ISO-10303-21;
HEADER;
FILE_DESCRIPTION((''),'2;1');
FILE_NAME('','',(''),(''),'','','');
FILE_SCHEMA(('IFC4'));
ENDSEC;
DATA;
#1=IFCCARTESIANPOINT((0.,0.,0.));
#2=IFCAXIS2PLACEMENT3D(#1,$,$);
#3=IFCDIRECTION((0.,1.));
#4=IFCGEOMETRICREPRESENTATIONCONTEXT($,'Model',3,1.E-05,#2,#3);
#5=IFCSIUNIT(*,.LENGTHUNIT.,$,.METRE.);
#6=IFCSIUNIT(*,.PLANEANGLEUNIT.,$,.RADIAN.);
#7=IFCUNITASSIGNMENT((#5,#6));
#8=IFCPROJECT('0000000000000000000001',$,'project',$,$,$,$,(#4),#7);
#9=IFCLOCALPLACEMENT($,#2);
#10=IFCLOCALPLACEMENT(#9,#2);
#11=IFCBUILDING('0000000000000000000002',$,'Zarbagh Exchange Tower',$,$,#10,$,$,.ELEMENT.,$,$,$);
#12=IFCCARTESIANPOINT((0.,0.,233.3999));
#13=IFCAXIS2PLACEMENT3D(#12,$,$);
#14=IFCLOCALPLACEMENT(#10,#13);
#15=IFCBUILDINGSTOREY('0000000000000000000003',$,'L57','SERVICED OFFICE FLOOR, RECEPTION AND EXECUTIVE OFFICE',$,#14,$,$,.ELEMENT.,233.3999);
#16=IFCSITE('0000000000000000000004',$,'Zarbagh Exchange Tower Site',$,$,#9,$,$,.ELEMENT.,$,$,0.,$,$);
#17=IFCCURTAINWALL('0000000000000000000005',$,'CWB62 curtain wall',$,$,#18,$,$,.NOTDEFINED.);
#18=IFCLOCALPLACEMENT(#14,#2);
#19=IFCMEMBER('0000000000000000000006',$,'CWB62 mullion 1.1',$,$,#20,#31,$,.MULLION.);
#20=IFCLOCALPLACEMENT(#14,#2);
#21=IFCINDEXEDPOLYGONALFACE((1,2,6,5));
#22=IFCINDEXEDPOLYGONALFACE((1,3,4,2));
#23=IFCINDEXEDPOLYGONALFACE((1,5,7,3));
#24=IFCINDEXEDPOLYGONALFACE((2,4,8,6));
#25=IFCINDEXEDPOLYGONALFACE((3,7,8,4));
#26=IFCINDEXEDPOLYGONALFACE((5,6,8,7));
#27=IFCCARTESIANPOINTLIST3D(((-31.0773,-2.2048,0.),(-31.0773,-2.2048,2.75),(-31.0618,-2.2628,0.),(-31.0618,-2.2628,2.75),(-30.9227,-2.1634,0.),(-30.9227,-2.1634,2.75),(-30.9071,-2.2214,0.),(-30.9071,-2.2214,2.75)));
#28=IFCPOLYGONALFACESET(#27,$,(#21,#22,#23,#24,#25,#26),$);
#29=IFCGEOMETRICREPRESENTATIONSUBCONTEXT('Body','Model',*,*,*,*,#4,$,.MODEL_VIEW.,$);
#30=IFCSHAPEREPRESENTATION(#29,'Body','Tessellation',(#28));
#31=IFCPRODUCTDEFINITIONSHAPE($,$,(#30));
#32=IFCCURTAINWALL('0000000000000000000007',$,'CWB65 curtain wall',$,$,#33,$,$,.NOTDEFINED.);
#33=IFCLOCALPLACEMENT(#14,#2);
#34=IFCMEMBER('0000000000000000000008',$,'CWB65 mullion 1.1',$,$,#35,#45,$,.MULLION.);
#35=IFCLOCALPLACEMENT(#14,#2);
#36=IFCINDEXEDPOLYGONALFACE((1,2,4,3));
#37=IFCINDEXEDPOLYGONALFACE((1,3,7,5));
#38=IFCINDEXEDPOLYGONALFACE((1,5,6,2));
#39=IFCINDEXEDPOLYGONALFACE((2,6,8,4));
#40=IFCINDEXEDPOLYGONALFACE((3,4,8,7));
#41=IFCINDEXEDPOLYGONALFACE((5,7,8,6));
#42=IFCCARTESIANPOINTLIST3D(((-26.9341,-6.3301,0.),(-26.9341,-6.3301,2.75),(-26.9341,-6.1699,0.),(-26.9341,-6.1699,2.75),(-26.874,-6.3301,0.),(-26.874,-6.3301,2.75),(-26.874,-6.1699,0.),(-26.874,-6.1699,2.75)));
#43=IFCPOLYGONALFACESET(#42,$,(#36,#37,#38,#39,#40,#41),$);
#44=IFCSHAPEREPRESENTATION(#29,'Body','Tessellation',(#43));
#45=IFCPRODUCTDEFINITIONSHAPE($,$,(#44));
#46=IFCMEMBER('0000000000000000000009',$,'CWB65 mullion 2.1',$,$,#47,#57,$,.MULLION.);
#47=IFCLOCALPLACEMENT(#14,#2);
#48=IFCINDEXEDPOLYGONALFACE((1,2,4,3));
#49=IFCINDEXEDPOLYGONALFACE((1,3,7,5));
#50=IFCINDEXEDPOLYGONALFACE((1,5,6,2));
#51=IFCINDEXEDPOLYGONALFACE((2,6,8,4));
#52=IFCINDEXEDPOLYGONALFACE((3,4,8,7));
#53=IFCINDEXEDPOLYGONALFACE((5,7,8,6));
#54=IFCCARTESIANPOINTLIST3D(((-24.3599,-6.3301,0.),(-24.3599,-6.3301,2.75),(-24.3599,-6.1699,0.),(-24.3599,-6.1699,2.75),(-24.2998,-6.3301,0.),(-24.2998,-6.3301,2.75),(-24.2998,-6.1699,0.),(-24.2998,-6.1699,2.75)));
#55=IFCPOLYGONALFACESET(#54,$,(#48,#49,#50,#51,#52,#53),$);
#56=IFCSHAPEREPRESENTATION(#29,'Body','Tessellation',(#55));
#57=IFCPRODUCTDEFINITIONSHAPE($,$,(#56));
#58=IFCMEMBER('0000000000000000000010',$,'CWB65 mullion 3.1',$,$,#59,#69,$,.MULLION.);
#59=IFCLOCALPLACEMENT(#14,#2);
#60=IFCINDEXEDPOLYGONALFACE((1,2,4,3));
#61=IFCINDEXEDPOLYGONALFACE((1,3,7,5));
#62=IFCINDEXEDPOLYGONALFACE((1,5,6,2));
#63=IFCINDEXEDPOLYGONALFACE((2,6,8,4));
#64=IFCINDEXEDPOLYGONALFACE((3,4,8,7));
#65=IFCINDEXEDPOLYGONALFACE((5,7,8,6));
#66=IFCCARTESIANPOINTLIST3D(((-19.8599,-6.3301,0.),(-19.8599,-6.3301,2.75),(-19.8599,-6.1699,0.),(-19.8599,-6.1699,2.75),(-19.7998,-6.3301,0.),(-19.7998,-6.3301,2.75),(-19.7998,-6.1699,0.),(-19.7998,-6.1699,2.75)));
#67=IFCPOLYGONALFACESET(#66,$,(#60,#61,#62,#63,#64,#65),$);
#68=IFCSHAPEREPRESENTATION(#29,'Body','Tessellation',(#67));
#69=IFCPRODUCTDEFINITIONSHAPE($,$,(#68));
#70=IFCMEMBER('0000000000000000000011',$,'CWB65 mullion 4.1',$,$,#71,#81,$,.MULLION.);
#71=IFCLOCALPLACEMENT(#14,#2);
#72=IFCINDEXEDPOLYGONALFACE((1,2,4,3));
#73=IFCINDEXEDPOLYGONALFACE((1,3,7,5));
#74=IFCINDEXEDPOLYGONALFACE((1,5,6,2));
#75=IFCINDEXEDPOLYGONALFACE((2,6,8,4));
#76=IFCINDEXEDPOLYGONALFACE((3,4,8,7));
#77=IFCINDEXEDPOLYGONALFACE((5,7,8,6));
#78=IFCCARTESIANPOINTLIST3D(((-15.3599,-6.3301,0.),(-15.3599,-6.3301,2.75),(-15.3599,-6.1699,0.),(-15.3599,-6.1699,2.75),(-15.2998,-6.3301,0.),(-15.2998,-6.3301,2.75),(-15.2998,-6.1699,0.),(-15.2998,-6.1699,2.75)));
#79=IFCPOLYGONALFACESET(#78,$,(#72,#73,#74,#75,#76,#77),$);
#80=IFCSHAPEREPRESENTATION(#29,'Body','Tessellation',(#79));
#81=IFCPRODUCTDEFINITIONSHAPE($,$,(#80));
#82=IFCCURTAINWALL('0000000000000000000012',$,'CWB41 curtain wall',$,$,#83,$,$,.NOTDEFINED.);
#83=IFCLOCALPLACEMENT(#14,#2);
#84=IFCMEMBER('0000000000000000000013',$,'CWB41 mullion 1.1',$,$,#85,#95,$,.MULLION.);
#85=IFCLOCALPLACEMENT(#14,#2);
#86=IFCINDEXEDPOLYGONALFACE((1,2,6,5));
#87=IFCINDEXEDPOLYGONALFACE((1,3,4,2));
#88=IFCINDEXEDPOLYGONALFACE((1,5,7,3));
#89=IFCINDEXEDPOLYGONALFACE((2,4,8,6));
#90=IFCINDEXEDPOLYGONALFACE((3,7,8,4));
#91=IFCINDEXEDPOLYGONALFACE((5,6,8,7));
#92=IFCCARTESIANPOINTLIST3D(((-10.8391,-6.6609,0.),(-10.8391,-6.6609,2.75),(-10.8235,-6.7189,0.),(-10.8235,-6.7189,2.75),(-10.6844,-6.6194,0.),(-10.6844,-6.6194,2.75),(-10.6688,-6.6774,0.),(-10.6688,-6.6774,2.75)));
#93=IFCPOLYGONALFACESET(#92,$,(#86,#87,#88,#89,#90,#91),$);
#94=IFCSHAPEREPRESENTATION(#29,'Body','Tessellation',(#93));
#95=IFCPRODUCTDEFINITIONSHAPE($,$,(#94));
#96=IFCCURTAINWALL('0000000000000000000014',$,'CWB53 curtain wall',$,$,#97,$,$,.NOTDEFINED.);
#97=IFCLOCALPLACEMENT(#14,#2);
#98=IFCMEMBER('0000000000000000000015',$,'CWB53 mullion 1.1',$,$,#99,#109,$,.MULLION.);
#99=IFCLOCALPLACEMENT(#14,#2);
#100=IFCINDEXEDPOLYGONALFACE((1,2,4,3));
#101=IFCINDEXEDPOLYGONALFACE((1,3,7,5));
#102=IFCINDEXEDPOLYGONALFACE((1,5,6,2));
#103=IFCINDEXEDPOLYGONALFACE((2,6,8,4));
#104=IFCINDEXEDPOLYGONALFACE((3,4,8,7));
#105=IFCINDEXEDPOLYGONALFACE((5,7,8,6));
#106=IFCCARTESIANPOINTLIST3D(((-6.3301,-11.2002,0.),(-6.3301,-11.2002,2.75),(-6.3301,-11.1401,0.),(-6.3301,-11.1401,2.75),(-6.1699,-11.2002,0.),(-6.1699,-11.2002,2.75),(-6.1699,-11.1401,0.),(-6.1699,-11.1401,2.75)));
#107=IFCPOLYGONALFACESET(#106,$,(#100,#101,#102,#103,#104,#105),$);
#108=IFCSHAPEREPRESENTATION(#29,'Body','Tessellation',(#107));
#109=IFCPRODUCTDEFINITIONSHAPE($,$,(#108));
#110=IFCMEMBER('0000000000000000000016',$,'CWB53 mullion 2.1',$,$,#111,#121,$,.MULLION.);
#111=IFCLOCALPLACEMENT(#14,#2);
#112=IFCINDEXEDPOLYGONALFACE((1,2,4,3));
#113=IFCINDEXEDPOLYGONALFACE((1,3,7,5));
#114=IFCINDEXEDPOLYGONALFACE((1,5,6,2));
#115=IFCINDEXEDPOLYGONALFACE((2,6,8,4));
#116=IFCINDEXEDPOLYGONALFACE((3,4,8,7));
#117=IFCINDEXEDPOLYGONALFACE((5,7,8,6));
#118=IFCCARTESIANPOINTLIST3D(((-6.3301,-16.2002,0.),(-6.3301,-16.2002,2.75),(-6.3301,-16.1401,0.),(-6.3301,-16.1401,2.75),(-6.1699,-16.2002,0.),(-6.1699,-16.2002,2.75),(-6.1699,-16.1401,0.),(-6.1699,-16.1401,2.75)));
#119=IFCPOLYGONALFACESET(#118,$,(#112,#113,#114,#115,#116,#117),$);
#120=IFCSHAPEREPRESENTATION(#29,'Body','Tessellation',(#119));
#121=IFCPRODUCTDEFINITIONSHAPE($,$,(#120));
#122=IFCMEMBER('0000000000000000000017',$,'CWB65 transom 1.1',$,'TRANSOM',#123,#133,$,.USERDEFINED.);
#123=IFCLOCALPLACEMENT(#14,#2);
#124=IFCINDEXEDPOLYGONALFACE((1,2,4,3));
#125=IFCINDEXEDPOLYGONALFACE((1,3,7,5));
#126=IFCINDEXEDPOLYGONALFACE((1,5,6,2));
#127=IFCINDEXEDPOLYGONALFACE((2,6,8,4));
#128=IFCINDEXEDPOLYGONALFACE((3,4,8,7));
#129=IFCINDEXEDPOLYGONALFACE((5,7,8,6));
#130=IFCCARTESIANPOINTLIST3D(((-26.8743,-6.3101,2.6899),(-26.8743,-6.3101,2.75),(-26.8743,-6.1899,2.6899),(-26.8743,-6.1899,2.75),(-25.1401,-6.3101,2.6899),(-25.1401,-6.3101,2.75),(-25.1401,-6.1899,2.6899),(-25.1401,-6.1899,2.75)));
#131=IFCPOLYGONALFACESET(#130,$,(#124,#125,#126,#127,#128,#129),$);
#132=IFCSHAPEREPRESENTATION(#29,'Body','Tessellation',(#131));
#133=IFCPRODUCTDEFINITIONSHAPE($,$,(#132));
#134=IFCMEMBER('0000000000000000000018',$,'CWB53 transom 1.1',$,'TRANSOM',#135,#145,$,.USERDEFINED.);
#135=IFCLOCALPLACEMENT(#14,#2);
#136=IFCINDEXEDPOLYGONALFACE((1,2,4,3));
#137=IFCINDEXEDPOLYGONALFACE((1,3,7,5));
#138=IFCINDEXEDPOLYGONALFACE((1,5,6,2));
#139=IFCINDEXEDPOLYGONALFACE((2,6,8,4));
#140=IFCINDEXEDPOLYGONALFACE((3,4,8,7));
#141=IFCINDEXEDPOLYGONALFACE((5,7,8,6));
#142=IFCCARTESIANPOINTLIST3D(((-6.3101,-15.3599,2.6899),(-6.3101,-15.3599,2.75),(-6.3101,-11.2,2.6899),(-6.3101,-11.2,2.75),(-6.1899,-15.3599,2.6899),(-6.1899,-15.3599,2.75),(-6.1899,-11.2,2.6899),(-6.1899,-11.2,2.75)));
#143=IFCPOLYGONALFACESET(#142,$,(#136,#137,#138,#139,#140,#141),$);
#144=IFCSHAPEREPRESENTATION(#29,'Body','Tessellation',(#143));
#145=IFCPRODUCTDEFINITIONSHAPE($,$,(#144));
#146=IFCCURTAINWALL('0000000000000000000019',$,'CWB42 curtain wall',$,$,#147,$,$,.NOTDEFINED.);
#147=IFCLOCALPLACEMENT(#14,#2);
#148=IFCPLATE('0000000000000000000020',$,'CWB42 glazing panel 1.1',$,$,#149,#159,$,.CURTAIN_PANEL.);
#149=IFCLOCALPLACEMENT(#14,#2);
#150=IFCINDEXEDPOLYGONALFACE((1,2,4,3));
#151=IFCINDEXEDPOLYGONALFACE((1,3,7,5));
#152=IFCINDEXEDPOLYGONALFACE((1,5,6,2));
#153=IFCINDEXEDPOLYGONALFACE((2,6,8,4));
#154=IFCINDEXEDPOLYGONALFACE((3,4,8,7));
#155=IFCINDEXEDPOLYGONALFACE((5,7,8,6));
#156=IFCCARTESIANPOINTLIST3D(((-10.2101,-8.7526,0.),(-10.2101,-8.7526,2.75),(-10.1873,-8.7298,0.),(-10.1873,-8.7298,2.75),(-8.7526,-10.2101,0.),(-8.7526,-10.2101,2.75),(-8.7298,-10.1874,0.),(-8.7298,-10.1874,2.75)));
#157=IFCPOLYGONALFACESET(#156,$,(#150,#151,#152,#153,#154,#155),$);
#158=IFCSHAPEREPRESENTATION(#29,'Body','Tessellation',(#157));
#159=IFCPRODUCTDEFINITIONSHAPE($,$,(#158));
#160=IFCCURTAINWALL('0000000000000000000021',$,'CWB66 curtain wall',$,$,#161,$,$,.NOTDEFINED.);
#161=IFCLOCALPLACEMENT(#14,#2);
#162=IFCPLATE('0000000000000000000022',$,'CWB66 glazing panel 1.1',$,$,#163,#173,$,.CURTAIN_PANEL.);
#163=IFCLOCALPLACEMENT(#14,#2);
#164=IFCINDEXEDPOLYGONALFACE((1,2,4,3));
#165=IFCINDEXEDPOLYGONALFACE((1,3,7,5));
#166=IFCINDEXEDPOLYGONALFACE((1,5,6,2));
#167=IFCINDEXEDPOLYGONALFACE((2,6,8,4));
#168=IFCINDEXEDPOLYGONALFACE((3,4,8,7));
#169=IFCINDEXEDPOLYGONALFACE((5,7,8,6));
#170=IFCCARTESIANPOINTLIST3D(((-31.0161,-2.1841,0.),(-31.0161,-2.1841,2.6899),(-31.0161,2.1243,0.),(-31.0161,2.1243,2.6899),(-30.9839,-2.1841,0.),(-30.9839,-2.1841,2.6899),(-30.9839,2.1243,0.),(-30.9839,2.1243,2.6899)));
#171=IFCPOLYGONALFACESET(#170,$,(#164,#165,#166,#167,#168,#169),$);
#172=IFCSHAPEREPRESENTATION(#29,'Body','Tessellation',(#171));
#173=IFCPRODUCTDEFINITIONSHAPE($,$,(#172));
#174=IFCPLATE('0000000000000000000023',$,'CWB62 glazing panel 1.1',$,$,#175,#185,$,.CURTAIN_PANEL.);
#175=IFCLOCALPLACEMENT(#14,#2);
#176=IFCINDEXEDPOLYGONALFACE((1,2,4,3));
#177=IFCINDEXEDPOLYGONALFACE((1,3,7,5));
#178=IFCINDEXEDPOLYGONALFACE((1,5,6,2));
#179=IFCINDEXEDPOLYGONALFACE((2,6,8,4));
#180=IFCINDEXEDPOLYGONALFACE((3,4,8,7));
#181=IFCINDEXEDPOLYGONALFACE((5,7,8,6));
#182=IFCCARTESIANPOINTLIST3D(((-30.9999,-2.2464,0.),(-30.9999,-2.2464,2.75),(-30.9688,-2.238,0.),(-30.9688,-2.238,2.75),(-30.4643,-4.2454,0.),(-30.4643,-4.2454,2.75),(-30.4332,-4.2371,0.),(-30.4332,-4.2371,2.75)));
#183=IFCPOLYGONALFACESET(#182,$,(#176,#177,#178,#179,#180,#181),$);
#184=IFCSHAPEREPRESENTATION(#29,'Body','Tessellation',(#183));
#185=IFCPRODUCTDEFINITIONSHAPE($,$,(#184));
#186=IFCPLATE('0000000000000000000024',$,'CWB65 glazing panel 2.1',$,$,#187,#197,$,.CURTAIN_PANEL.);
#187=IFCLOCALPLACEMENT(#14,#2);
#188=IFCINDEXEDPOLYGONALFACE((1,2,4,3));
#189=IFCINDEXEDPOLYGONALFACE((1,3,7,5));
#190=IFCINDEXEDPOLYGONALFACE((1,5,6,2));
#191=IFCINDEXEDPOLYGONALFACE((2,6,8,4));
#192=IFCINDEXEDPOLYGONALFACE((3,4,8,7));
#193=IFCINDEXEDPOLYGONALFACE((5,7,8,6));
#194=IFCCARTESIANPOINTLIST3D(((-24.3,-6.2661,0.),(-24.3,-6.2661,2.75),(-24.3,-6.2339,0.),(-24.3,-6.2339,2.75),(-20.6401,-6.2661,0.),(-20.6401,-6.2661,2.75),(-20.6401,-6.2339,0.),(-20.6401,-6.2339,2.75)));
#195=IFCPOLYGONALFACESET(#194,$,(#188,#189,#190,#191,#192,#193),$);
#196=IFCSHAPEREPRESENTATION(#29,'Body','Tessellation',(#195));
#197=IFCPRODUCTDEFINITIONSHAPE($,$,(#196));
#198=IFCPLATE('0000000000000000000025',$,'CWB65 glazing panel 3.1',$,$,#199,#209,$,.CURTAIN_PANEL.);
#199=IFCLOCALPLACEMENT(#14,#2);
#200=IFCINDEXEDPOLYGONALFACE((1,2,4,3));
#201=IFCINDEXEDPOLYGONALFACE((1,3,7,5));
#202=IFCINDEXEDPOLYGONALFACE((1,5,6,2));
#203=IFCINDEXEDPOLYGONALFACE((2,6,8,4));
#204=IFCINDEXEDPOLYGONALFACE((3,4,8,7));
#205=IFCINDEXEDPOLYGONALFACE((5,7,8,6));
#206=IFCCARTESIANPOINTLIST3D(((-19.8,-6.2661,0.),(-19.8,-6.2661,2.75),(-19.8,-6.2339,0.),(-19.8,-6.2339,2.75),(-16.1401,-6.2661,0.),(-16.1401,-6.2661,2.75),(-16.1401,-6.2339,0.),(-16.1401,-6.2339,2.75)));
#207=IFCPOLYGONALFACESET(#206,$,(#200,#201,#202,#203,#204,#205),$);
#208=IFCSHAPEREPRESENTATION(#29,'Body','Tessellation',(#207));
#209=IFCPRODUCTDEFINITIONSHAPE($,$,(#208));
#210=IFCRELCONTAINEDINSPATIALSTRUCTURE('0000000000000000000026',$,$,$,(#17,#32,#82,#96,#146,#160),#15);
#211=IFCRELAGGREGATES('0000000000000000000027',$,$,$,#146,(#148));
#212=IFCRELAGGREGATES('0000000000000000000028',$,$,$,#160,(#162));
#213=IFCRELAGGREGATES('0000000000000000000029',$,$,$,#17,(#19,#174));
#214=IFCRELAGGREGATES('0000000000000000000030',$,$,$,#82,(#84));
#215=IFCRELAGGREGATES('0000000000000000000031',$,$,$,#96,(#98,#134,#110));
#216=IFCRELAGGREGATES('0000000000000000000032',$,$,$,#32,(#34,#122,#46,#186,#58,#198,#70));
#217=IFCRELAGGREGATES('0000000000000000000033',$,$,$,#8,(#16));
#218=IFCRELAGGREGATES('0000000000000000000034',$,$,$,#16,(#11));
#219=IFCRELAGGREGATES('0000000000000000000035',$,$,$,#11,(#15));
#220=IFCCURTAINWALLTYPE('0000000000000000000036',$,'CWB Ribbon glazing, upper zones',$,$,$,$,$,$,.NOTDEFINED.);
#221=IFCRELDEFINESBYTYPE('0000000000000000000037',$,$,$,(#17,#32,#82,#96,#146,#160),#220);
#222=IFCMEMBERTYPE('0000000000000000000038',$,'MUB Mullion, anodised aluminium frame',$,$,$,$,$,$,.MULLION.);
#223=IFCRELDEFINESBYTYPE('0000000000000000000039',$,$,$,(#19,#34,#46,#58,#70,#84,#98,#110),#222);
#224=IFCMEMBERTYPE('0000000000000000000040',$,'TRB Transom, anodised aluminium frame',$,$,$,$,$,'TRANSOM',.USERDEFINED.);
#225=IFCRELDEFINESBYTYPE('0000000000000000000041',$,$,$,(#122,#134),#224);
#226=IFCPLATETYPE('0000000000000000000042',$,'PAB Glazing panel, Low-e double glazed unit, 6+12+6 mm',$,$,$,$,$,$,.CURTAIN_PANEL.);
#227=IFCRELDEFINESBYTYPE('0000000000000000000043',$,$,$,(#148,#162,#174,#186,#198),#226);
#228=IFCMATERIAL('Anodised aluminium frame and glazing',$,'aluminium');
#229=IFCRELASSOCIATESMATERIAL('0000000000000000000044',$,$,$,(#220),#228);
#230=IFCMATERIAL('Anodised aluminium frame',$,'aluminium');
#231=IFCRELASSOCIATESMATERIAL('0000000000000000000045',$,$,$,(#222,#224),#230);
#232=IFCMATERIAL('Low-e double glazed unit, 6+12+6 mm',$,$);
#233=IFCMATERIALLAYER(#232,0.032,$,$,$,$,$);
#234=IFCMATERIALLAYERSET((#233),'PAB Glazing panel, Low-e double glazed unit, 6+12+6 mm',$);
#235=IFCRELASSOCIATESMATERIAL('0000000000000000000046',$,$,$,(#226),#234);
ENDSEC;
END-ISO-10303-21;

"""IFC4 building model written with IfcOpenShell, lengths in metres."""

from ifc_helpers import new_model, si_unit, direction, frame, origin, place, context, subcontext, project, spatial, polyline, outline, extrude, source, transform, mapped, material, layer, layer_set, type_object, element, aggregate, save


model = new_model("IFC4")

# Units and contexts
model_context = context("Model", 3, precision=1e-05, world=origin(), true_north=direction((0.0, 1.0)))
body_context = subcontext(model_context, "Body", "Model", "MODEL_VIEW")
ifc_project = project(units=[si_unit("LENGTHUNIT", "METRE"), si_unit("PLANEANGLEUNIT", "RADIAN")], contexts=[model_context])

# Site, building, storey
site_placement = place(None, origin())
site = spatial("IfcSite", under=ifc_project, at=site_placement, Name="Zarbagh Exchange Tower Site", CompositionType="ELEMENT", RefElevation=0.0)
building_placement = place(site_placement, origin())
building = spatial("IfcBuilding", under=site, at=building_placement, Name="Zarbagh Exchange Tower", CompositionType="ELEMENT")
storey_placement = place(building_placement, frame((0.0, 0.0, 233.3999)))
storey = spatial("IfcBuildingStorey", under=building, at=storey_placement, Name="L57", Description="SERVICED OFFICE FLOOR, RECEPTION AND EXECUTIVE OFFICE", CompositionType="ELEMENT", Elevation=233.3999)

# Curtain wall, member
ifc_material_1 = material(Name="Anodised aluminium frame and glazing", Category="aluminium")
curtain_wall_type = type_object("IfcCurtainWallType", Name="CWB Ribbon glazing, upper zones", PredefinedType="NOTDEFINED", material=ifc_material_1)
curtain_wall_1_placement = place(storey_placement, origin())
curtain_wall_1 = element("IfcCurtainWall", 1, at=curtain_wall_1_placement, inside=storey, type_object=curtain_wall_type, Name="CWB62 curtain wall", PredefinedType="NOTDEFINED")
ifc_material_2 = material(Name="Anodised aluminium frame", Category="aluminium")
member_type_1 = type_object("IfcMemberType", Name="MUB Mullion, anodised aluminium frame", PredefinedType="MULLION", material=ifc_material_2)
shared_shape_1 = source(origin(), body_context, "Body", "SweptSolid", [
    extrude(outline(polyline([(0.0, -0.0801), (0.0601, -0.0801), (0.0601, 0.0801), (0.0, 0.0801), (0.0, -0.0801)])), origin(), (0.0, 0.0, 1.0), 2.75),
])
placement = place(storey_placement, origin())
member_1 = element("IfcMember", 2, at=placement, type_object=member_type_1, Name="CWB62 mullion 1.1", PredefinedType="MULLION", context=body_context, shape_type="MappedRepresentation", body=[
    mapped(shared_shape_1, transform((-31.0, -2.1841, 0.0), x_axis=(0.258825, -0.965924, 0.0), y_axis=(0.965924, 0.258825, 0.0), z_axis=(0.0, 0.0, 1.0))),
])

# Curtain wall, members
curtain_wall_2_placement = place(storey_placement, origin())
curtain_wall_2 = element("IfcCurtainWall", 3, at=curtain_wall_2_placement, inside=storey, type_object=curtain_wall_type, Name="CWB65 curtain wall", PredefinedType="NOTDEFINED")
member_2 = element("IfcMember", 4, at=placement, type_object=member_type_1, Name="CWB65 mullion 1.1", PredefinedType="MULLION", context=body_context, shape_type="MappedRepresentation", body=[
    mapped(shared_shape_1, transform((-26.9341, -6.25, 0.0), x_axis=(1.0, 0.0, 0.0), y_axis=(0.0, 1.0, 0.0), z_axis=(0.0, 0.0, 1.0))),
])
member_3 = element("IfcMember", 5, at=placement, type_object=member_type_1, Name="CWB65 mullion 2.1", PredefinedType="MULLION", context=body_context, shape_type="MappedRepresentation", body=[
    mapped(shared_shape_1, transform((-24.3599, -6.25, 0.0), x_axis=(1.0, 0.0, 0.0), y_axis=(0.0, 1.0, 0.0), z_axis=(0.0, 0.0, 1.0))),
])
member_4 = element("IfcMember", 6, at=placement, type_object=member_type_1, Name="CWB65 mullion 3.1", PredefinedType="MULLION", context=body_context, shape_type="MappedRepresentation", body=[
    mapped(shared_shape_1, transform((-19.8599, -6.25, 0.0), x_axis=(1.0, 0.0, 0.0), y_axis=(0.0, 1.0, 0.0), z_axis=(0.0, 0.0, 1.0))),
])
member_5 = element("IfcMember", 7, at=placement, type_object=member_type_1, Name="CWB65 mullion 4.1", PredefinedType="MULLION", context=body_context, shape_type="MappedRepresentation", body=[
    mapped(shared_shape_1, transform((-15.3599, -6.25, 0.0), x_axis=(1.0, 0.0, 0.0), y_axis=(0.0, 1.0, 0.0), z_axis=(0.0, 0.0, 1.0))),
])

# Curtain wall, member
curtain_wall_3_placement = place(storey_placement, origin())
curtain_wall_3 = element("IfcCurtainWall", 8, at=curtain_wall_3_placement, inside=storey, type_object=curtain_wall_type, Name="CWB41 curtain wall", PredefinedType="NOTDEFINED")
member_6 = element("IfcMember", 9, at=placement, type_object=member_type_1, Name="CWB41 mullion 1.1", PredefinedType="MULLION", context=body_context, shape_type="MappedRepresentation", body=[
    mapped(shared_shape_1, transform((-10.7617, -6.6401, 0.0), x_axis=(0.258825, -0.965924, 0.0), y_axis=(0.965924, 0.258825, 0.0), z_axis=(0.0, 0.0, 1.0))),
])

# Curtain wall, members
curtain_wall_4_placement = place(storey_placement, origin())
curtain_wall_4 = element("IfcCurtainWall", 10, at=curtain_wall_4_placement, inside=storey, type_object=curtain_wall_type, Name="CWB53 curtain wall", PredefinedType="NOTDEFINED")
member_7 = element("IfcMember", 11, at=placement, type_object=member_type_1, Name="CWB53 mullion 1.1", PredefinedType="MULLION", context=body_context, shape_type="MappedRepresentation", body=[
    mapped(shared_shape_1, transform((-6.25, -11.1401, 0.0), x_axis=(0.0, -1.0, 0.0), y_axis=(1.0, 0.0, 0.0), z_axis=(0.0, 0.0, 1.0))),
])
member_8 = element("IfcMember", 12, at=placement, type_object=member_type_1, Name="CWB53 mullion 2.1", PredefinedType="MULLION", context=body_context, shape_type="MappedRepresentation", body=[
    mapped(shared_shape_1, transform((-6.25, -16.1401, 0.0), x_axis=(0.0, -1.0, 0.0), y_axis=(1.0, 0.0, 0.0), z_axis=(0.0, 0.0, 1.0))),
])

# Members
member_type_2 = type_object("IfcMemberType", Name="TRB Transom, anodised aluminium frame", ElementType="TRANSOM", PredefinedType="USERDEFINED", material=ifc_material_2)
shared_shape_2 = source(origin(), body_context, "Body", "SweptSolid", [
    extrude(outline(polyline([(-0.0601, -0.0601), (0.0, -0.0601), (0.0, 0.0601), (-0.0601, 0.0601), (-0.0601, -0.0601)])), origin(), (0.0, 0.0, 1.0), 1.7341),
])
member_9 = element("IfcMember", 13, at=placement, type_object=member_type_2, Name="CWB65 transom 1.1", ObjectType="TRANSOM", PredefinedType="USERDEFINED", context=body_context, shape_type="MappedRepresentation", body=[
    mapped(shared_shape_2, transform((-26.8743, -6.25, 2.75), x_axis=(0.0, 0.0, 1.0), y_axis=(0.0, -1.0, 0.0), z_axis=(1.0, 0.0, 0.0))),
])
shared_shape_3 = source(origin(), body_context, "Body", "SweptSolid", [
    extrude(outline(polyline([(-0.0601, -0.0601), (0.0, -0.0601), (0.0, 0.0601), (-0.0601, 0.0601), (-0.0601, -0.0601)])), origin(), (0.0, 0.0, 1.0), 4.1599),
])
member_10 = element("IfcMember", 14, at=placement, type_object=member_type_2, Name="CWB53 transom 1.1", ObjectType="TRANSOM", PredefinedType="USERDEFINED", context=body_context, shape_type="MappedRepresentation", body=[
    mapped(shared_shape_3, transform((-6.25, -11.2, 2.75), x_axis=(0.0, 0.0, 1.0), y_axis=(-1.0, 0.0, 0.0), z_axis=(0.0, -1.0, 0.0))),
])

# Curtain walls, plates
curtain_wall_5_placement = place(storey_placement, origin())
curtain_wall_5 = element("IfcCurtainWall", 15, at=curtain_wall_5_placement, inside=storey, type_object=curtain_wall_type, Name="CWB42 curtain wall", PredefinedType="NOTDEFINED")
ifc_material_3 = material(Name="Low-e double glazed unit, 6+12+6 mm")
ifc_layer = layer(ifc_material_3, 0.032)
ifc_layer_set = layer_set([ifc_layer], Name="PAB Glazing panel, Low-e double glazed unit, 6+12+6 mm")
plate_type = type_object("IfcPlateType", Name="PAB Glazing panel, Low-e double glazed unit, 6+12+6 mm", PredefinedType="CURTAIN_PANEL", material=ifc_layer_set)
shared_shape_4 = source(origin(), body_context, "Body", "SweptSolid", [
    extrude(outline(polyline([(0.0, -0.0161), (2.0613, -0.0161), (2.0613, 0.0161), (0.0, 0.0161), (0.0, -0.0161)])), origin(), (0.0, 0.0, 1.0), 2.75),
])
plate_1 = element("IfcPlate", 16, at=placement, type_object=plate_type, Name="CWB42 glazing panel 1.1", PredefinedType="CURTAIN_PANEL", context=body_context, shape_type="MappedRepresentation", body=[
    mapped(shared_shape_4, transform((-10.1987, -8.7412, 0.0), x_axis=(0.707107, -0.707107, 0.0), y_axis=(0.707107, 0.707107, 0.0), z_axis=(0.0, 0.0, 1.0))),
])
aggregate(curtain_wall_5, [plate_1])
curtain_wall_6_placement = place(storey_placement, origin())
curtain_wall_6 = element("IfcCurtainWall", 17, at=curtain_wall_6_placement, inside=storey, type_object=curtain_wall_type, Name="CWB66 curtain wall", PredefinedType="NOTDEFINED")
shared_shape_5 = source(origin(), body_context, "Body", "SweptSolid", [
    extrude(outline(polyline([(0.0, -0.0161), (4.3083, -0.0161), (4.3083, 0.0161), (0.0, 0.0161), (0.0, -0.0161)])), origin(), (0.0, 0.0, 1.0), 2.6899),
])
plate_2 = element("IfcPlate", 18, at=placement, type_object=plate_type, Name="CWB66 glazing panel 1.1", PredefinedType="CURTAIN_PANEL", context=body_context, shape_type="MappedRepresentation", body=[
    mapped(shared_shape_5, transform((-31.0, 2.1243, 0.0), x_axis=(0.0, -1.0, 0.0), y_axis=(1.0, 0.0, 0.0), z_axis=(0.0, 0.0, 1.0))),
])
aggregate(curtain_wall_6, [plate_2])

# Plates
shared_shape_6 = source(origin(), body_context, "Body", "SweptSolid", [
    extrude(outline(polyline([(0.0, -0.0161), (2.0696, -0.0161), (2.0696, 0.0161), (0.0, 0.0161), (0.0, -0.0161)])), origin(), (0.0, 0.0, 1.0), 2.75),
])
plate_3 = element("IfcPlate", 19, at=placement, type_object=plate_type, Name="CWB62 glazing panel 1.1", PredefinedType="CURTAIN_PANEL", context=body_context, shape_type="MappedRepresentation", body=[
    mapped(shared_shape_6, transform((-30.9844, -2.2422, 0.0), x_axis=(0.258825, -0.965924, 0.0), y_axis=(0.965924, 0.258825, 0.0), z_axis=(0.0, 0.0, 1.0))),
])
aggregate(curtain_wall_1, [member_1, plate_3])
shared_shape_7 = source(origin(), body_context, "Body", "SweptSolid", [
    extrude(outline(polyline([(0.0, -0.0161), (3.6599, -0.0161), (3.6599, 0.0161), (0.0, 0.0161), (0.0, -0.0161)])), origin(), (0.0, 0.0, 1.0), 2.75),
])
plate_4 = element("IfcPlate", 20, at=placement, type_object=plate_type, Name="CWB65 glazing panel 2.1", PredefinedType="CURTAIN_PANEL", context=body_context, shape_type="MappedRepresentation", body=[
    mapped(shared_shape_7, transform((-24.3, -6.25, 0.0), x_axis=(1.0, 0.0, 0.0), y_axis=(0.0, 1.0, 0.0), z_axis=(0.0, 0.0, 1.0))),
])
plate_5 = element("IfcPlate", 21, at=placement, type_object=plate_type, Name="CWB65 glazing panel 3.1", PredefinedType="CURTAIN_PANEL", context=body_context, shape_type="MappedRepresentation", body=[
    mapped(shared_shape_7, transform((-19.8, -6.25, 0.0), x_axis=(1.0, 0.0, 0.0), y_axis=(0.0, 1.0, 0.0), z_axis=(0.0, 0.0, 1.0))),
])
aggregate(curtain_wall_3, [member_6])

aggregate(curtain_wall_4, [member_7, member_10, member_8])

aggregate(curtain_wall_2, [member_2, member_9, member_3, plate_4, member_4, plate_5, member_5])

save(model, "model.ifc")
